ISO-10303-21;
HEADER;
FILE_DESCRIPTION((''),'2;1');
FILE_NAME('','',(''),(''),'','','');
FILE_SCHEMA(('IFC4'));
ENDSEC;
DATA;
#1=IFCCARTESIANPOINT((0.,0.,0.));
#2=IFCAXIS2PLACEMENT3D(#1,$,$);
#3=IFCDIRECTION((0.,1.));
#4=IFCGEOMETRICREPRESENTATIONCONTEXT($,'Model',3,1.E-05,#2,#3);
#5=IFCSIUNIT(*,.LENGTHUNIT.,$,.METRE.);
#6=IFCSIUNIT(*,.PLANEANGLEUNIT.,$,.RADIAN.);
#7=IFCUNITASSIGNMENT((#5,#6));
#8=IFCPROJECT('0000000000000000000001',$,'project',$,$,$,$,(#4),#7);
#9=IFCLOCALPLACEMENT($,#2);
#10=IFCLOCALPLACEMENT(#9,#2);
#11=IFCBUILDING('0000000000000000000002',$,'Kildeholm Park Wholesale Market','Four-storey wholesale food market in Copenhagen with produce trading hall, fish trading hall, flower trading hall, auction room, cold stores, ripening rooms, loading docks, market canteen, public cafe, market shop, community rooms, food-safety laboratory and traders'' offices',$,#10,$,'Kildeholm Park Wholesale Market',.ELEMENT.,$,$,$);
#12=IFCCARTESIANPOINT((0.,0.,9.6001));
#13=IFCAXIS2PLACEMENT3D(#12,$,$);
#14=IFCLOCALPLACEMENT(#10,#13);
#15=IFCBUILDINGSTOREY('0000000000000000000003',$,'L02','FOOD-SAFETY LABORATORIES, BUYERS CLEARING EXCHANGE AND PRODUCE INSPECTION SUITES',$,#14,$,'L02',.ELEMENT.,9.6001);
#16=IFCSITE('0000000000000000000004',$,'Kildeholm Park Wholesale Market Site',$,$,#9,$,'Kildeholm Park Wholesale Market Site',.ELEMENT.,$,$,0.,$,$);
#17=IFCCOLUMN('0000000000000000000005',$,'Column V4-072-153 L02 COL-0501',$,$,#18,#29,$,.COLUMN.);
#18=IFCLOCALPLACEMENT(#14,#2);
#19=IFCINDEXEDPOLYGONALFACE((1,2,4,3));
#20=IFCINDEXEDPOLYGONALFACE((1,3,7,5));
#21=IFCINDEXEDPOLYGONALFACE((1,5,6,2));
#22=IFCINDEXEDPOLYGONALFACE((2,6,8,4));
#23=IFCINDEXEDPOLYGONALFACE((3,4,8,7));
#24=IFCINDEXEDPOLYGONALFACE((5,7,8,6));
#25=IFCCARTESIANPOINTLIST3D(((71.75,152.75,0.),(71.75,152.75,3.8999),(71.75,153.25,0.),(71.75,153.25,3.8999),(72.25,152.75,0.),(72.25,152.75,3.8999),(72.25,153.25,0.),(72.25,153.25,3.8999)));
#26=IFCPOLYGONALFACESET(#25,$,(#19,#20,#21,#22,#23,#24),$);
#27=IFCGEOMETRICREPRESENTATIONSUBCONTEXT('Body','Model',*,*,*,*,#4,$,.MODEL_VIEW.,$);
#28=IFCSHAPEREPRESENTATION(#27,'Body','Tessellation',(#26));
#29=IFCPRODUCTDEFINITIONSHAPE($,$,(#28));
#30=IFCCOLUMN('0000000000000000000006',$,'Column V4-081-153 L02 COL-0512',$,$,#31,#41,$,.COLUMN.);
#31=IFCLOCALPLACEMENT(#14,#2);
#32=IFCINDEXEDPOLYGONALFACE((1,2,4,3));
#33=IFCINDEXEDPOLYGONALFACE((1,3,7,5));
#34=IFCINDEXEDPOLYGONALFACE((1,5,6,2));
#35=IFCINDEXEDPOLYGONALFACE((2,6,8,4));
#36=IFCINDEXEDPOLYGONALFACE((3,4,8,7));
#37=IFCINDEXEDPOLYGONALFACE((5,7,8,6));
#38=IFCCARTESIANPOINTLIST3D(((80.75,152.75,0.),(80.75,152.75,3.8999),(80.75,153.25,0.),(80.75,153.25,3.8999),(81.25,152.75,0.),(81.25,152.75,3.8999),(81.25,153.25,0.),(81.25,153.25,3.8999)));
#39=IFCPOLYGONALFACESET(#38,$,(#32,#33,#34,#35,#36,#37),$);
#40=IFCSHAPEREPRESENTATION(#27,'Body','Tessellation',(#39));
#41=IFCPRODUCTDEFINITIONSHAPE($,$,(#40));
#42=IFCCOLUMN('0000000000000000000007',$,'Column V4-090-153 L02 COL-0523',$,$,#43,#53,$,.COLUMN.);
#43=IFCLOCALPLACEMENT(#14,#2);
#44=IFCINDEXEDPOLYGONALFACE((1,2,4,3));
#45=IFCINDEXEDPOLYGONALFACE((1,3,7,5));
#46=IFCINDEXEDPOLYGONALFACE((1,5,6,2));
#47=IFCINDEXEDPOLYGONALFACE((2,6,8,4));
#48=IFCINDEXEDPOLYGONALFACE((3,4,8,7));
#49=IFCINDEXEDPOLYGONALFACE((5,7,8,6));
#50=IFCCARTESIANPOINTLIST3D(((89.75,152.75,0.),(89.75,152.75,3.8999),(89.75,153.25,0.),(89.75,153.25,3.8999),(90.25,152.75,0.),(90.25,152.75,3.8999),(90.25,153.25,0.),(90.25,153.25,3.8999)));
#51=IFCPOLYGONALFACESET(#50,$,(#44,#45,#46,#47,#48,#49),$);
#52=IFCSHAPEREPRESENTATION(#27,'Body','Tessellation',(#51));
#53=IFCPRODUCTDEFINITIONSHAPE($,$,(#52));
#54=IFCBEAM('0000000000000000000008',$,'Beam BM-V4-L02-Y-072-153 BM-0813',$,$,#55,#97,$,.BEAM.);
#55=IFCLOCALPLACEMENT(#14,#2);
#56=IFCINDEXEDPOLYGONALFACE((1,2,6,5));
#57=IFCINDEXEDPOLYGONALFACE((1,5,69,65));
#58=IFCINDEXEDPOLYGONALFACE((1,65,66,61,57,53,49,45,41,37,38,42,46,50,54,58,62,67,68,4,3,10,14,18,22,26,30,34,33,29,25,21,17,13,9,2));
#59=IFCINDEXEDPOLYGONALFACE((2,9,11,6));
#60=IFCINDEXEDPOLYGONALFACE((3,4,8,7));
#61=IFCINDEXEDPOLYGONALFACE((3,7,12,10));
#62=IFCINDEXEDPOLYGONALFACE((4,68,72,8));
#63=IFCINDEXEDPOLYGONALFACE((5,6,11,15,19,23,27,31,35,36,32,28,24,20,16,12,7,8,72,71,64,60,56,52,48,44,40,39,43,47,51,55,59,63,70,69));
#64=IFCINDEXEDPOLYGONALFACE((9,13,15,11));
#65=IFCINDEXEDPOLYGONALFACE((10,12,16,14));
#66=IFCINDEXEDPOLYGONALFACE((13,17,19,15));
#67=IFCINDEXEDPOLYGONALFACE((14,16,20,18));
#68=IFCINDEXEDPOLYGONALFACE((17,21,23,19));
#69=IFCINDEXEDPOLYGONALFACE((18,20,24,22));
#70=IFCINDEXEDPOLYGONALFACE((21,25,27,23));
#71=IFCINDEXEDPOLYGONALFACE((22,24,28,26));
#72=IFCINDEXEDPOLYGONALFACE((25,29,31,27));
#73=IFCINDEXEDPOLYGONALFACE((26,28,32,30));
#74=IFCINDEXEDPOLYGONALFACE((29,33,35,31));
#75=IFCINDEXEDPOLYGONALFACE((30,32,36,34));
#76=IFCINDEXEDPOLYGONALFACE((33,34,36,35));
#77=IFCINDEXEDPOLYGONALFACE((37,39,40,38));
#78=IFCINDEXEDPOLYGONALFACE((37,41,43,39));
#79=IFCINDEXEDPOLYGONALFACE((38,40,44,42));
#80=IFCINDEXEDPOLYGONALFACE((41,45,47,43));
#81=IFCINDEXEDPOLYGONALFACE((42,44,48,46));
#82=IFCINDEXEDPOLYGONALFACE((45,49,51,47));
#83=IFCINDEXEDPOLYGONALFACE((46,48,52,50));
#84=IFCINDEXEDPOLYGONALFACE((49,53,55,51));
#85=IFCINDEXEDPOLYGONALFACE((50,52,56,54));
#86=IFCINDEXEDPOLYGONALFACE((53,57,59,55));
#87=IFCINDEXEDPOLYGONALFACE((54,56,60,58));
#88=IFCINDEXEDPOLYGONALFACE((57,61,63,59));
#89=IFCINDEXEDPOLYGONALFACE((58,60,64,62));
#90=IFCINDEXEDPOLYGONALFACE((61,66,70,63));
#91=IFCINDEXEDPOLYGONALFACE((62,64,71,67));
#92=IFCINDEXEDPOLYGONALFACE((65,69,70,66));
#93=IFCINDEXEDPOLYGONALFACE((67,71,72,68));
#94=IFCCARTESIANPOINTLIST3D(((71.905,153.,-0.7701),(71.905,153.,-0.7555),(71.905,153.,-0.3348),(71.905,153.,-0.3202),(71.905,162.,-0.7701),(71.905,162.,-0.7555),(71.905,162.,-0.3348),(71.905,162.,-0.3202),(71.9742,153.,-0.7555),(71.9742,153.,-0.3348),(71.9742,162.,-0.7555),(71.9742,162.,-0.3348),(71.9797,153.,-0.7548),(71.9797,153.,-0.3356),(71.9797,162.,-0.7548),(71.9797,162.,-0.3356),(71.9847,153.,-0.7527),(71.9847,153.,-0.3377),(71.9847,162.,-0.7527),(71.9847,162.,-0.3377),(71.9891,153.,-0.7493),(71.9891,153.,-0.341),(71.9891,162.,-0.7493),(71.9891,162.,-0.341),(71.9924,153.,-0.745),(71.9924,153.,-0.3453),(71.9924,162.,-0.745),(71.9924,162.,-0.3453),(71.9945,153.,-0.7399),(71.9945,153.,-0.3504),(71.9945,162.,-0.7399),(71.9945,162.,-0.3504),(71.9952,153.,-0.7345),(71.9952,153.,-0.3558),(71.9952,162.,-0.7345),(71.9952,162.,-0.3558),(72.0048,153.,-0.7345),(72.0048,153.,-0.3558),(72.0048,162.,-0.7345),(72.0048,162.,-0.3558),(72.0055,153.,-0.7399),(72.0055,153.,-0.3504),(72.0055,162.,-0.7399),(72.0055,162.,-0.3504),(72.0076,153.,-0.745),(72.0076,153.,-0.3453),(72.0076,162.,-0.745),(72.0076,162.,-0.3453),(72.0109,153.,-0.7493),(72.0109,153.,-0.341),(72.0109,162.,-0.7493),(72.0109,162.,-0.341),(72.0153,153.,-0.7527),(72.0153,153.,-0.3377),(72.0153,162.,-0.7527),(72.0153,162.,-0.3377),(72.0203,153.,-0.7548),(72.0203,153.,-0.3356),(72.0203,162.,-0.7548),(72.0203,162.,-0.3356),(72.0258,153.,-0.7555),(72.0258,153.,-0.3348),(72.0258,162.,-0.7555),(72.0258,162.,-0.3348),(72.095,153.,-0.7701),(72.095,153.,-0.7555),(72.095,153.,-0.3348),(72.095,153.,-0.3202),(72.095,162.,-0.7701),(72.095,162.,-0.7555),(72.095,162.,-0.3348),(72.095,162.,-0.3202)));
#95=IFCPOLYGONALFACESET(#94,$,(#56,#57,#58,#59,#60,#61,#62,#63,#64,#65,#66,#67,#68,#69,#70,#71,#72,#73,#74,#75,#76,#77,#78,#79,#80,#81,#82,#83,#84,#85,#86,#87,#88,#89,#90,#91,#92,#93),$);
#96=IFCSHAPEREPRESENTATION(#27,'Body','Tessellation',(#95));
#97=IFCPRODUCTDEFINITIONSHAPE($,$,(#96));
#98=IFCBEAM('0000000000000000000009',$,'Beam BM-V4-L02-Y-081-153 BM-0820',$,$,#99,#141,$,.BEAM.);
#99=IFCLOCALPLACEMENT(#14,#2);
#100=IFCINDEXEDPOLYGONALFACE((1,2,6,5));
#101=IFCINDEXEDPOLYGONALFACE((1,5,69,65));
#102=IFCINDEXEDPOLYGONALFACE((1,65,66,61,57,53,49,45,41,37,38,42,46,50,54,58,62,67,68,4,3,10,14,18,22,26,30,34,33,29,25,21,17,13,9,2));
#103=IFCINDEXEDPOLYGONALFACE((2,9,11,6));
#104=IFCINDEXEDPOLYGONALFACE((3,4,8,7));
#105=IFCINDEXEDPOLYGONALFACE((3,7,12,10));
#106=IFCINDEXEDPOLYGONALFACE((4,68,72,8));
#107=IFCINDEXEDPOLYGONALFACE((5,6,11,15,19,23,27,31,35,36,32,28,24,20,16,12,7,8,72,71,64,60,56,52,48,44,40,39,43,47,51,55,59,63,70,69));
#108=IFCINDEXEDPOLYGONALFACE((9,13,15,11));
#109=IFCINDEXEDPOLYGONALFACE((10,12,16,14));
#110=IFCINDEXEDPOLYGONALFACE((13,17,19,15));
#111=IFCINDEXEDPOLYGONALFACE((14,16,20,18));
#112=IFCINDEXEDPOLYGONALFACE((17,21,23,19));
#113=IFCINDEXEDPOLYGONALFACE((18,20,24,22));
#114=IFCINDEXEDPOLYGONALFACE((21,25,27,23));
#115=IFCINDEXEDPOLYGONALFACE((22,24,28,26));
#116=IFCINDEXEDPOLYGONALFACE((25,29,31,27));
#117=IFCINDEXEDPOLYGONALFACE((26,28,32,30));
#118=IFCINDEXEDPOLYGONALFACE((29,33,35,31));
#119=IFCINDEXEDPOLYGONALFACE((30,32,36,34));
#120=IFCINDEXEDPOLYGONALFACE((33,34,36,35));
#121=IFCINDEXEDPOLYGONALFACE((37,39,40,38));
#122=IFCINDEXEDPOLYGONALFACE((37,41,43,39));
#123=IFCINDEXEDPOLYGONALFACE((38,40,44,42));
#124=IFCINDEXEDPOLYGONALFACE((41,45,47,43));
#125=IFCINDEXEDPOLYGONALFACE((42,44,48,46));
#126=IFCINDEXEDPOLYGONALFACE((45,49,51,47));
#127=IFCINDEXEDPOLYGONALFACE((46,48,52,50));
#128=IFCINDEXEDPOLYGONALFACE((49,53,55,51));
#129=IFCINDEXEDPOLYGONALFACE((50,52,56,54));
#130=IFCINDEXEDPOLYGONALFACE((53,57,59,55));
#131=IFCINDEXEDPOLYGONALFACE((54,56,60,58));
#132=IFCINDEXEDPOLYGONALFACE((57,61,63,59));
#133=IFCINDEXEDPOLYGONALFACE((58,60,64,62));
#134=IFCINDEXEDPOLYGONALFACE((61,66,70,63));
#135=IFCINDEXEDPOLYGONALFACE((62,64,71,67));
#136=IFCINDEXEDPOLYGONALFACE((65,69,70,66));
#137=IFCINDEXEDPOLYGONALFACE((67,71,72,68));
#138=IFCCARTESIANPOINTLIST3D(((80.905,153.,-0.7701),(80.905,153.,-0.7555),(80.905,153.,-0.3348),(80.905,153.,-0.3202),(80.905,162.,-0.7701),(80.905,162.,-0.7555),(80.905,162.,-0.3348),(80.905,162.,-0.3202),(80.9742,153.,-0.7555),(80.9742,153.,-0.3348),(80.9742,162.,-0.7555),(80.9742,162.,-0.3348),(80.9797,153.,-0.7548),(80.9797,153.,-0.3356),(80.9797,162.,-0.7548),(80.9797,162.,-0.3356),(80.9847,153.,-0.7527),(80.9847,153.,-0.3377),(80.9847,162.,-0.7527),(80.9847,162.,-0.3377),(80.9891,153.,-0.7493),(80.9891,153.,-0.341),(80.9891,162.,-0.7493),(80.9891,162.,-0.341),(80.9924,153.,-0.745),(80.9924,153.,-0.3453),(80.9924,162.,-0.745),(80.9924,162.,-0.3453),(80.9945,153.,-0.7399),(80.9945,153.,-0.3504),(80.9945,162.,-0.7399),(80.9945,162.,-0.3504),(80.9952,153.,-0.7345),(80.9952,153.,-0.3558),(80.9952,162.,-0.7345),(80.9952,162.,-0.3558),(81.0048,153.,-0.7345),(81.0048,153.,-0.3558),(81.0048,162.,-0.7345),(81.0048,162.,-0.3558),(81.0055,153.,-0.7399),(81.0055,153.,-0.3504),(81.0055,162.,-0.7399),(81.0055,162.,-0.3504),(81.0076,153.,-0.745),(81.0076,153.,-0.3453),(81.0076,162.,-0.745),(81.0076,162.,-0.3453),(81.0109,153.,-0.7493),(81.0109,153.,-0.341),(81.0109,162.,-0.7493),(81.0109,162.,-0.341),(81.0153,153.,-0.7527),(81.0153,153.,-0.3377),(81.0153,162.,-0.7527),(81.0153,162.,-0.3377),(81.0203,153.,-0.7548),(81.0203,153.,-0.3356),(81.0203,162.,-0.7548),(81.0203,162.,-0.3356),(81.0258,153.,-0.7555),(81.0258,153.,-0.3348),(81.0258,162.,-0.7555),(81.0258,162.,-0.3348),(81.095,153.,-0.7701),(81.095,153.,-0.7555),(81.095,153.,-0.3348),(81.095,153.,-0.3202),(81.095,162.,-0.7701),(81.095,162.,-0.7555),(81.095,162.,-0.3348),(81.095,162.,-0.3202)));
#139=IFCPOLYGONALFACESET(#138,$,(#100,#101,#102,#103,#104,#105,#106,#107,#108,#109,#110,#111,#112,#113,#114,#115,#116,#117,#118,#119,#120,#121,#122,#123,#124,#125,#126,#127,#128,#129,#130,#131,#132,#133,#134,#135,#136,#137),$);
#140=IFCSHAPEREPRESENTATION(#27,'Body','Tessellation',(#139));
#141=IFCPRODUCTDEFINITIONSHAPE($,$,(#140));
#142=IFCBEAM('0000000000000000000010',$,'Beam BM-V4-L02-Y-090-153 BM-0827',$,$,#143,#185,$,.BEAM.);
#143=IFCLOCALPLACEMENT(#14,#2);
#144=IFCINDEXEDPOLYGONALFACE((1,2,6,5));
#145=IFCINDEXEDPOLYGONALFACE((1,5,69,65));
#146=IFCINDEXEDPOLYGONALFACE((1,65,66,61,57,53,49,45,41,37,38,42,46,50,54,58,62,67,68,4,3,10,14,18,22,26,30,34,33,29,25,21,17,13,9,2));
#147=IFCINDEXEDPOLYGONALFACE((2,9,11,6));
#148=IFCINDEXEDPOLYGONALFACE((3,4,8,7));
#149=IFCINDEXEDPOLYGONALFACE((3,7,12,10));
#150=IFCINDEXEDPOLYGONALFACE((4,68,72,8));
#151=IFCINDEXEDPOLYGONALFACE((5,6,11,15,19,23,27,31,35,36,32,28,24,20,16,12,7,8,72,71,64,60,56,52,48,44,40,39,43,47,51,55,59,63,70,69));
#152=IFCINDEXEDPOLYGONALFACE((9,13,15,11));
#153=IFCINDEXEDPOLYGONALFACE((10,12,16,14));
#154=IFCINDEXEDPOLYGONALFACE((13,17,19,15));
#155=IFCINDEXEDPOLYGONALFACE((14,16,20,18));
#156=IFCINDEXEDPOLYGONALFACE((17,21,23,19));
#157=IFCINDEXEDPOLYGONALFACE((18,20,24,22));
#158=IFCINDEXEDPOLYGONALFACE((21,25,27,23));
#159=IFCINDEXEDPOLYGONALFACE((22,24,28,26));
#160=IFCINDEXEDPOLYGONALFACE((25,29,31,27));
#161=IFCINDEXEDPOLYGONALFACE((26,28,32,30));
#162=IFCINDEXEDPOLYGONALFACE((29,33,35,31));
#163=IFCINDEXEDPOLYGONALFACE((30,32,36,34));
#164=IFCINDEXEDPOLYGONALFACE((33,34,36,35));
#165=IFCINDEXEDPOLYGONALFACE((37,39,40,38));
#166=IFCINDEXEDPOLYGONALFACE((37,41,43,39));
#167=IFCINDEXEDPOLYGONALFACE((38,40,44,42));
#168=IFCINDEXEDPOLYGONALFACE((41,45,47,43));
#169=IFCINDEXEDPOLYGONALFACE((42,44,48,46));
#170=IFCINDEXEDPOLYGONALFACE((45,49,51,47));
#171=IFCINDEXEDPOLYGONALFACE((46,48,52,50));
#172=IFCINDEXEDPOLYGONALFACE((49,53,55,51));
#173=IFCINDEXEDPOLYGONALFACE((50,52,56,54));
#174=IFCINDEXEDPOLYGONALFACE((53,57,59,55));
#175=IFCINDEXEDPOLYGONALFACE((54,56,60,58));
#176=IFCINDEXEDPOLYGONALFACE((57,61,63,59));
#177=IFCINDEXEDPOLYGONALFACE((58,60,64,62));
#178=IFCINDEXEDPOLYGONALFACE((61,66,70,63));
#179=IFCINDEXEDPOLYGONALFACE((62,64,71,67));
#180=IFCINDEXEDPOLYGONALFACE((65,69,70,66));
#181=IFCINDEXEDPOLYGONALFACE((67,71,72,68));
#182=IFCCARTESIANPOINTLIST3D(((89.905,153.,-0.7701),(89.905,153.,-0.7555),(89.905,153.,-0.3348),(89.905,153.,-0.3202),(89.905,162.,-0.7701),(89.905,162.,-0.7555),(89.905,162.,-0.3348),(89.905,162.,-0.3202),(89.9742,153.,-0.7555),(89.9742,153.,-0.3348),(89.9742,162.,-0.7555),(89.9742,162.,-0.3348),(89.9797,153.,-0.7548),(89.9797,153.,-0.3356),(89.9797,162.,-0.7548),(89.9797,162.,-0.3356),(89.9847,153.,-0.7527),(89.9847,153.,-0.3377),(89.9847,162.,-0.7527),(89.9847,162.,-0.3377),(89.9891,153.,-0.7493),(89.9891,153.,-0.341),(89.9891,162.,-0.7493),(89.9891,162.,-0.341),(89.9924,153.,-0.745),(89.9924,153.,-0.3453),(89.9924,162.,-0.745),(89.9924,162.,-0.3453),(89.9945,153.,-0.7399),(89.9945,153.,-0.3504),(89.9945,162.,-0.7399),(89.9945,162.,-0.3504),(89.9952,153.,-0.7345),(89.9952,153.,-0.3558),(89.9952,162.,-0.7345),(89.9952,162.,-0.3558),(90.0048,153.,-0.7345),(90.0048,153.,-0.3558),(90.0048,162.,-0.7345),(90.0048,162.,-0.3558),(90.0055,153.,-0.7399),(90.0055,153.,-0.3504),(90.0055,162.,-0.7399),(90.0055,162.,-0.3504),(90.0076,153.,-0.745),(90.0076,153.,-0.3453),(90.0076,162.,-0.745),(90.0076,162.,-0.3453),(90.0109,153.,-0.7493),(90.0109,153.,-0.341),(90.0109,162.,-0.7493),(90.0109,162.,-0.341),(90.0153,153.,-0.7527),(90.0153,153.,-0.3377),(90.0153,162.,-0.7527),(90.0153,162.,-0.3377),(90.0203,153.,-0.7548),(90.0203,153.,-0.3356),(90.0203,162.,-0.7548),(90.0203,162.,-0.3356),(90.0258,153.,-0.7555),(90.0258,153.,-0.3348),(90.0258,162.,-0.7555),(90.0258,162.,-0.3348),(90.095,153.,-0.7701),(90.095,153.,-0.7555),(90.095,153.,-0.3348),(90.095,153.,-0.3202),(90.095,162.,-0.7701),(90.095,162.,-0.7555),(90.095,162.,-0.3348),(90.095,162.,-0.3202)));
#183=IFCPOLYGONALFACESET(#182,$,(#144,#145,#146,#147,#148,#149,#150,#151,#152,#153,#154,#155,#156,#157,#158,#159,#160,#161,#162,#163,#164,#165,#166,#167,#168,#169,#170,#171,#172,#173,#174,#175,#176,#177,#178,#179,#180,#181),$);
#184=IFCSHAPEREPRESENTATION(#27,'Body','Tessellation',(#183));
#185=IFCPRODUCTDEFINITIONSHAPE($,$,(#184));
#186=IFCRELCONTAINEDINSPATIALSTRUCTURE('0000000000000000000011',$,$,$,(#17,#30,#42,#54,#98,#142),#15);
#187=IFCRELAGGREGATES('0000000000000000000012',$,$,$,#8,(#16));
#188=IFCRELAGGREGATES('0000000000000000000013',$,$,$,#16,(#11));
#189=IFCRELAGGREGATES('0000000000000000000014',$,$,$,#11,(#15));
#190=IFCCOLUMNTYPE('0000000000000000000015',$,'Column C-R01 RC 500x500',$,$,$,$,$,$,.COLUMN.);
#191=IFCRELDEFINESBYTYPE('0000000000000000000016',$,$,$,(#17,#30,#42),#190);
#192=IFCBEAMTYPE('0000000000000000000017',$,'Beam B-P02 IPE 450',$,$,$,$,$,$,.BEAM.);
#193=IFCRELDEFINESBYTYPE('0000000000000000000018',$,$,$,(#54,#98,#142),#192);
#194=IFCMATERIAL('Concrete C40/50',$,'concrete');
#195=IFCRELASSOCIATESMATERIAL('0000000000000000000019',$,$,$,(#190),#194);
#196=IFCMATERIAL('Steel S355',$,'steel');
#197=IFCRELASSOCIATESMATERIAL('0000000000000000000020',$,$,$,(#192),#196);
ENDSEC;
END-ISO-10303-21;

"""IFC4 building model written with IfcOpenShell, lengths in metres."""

from ifc_helpers import new_model, si_unit, direction, frame, origin, origin_2d, place, context, subcontext, project, spatial, rectangle, i_section, extrude, material, material_profile, profile_set, type_object, element, save


model = new_model("IFC4")

# Units and contexts
model_context = context("Model", 3, precision=1e-05, world=origin(), true_north=direction((0.0, 1.0)))
body_context = subcontext(model_context, "Body", "Model", "MODEL_VIEW")
ifc_project = project(units=[si_unit("LENGTHUNIT", "METRE"), si_unit("PLANEANGLEUNIT", "RADIAN")], contexts=[model_context])

# Site, building, storey
site_placement = place(None, origin())
site = spatial("IfcSite", under=ifc_project, at=site_placement, Name="Kildeholm Park Wholesale Market Site", LongName="Kildeholm Park Wholesale Market Site", CompositionType="ELEMENT", RefElevation=0.0)
building_placement = place(site_placement, origin())
building = spatial("IfcBuilding", under=site, at=building_placement, Name="Kildeholm Park Wholesale Market", Description="Four-storey wholesale food market in Copenhagen with produce trading hall, fish trading hall, flower trading hall, auction room, cold stores, ripening rooms, loading docks, market canteen, public cafe, market shop, community rooms, food-safety laboratory and traders' offices", LongName="Kildeholm Park Wholesale Market", CompositionType="ELEMENT")
storey_placement = place(building_placement, frame((0.0, 0.0, 9.6001)))
storey = spatial("IfcBuildingStorey", under=building, at=storey_placement, Name="L02", Description="FOOD-SAFETY LABORATORIES, BUYERS CLEARING EXCHANGE AND PRODUCE INSPECTION SUITES", LongName="L02", CompositionType="ELEMENT", Elevation=9.6001)

# Columns
ifc_material_1 = material(Name="Concrete C40/50", Category="concrete")
ifc_material_profile_1 = material_profile(ifc_material_1, rectangle(XDim=0.5, YDim=0.5, at=origin_2d()), Name="RC 500x500")
ifc_profile_set_1 = profile_set([ifc_material_profile_1], Name="Concrete C40/50")
column_type = type_object("IfcColumnType", Name="Column C-R01 RC 500x500", PredefinedType="COLUMN", material=ifc_profile_set_1)
for number, where, z_axis, x_axis, name in (
    (1, (72.0, 153.0, 0.0), (0.0, 0.0, 1.0), (1.0, 0.0, 0.0), "Column V4-072-153 L02 COL-0501"),
    (2, (81.0, 153.0, 0.0), (0.0, 0.0, 1.0), (1.0, 0.0, 0.0), "Column V4-081-153 L02 COL-0512"),
    (3, (90.0, 153.0, 0.0), (0.0, 0.0, 1.0), (1.0, 0.0, 0.0), "Column V4-090-153 L02 COL-0523"),
):
    element("IfcColumn", number, at=place(storey_placement, frame(where, z_axis=z_axis, x_axis=x_axis)), inside=storey, type_object=column_type, Name=name, PredefinedType="COLUMN", context=body_context, shape_type="SweptSolid", body=[
        extrude(rectangle(XDim=0.5, YDim=0.5, at=origin_2d()), origin(), (0.0, 0.0, 1.0), 3.8999),
    ])

# Beams
ifc_material_2 = material(Name="Steel S355", Category="steel")
ifc_material_profile_2 = material_profile(ifc_material_2, i_section(OverallWidth=0.1899, OverallDepth=0.45, WebThickness=0.0095, FlangeThickness=0.0146, FilletRadius=0.021, at=origin_2d()), Name="IPE 450")
ifc_profile_set_2 = profile_set([ifc_material_profile_2], Name="Steel S355")
beam_type_1 = type_object("IfcBeamType", Name="Beam B-P02 IPE 450", PredefinedType="BEAM", material=ifc_profile_set_2)
for number, where, z_axis, x_axis, name in (
    (4, (72.0, 153.0, -0.5452), (0.0, 1.0, 0.0), (-1.0, 0.0, 0.0), "Beam BM-V4-L02-Y-072-153 BM-0813"),
    (5, (81.0, 153.0, -0.5452), (0.0, 1.0, 0.0), (-1.0, 0.0, 0.0), "Beam BM-V4-L02-Y-081-153 BM-0820"),
    (6, (90.0, 153.0, -0.5452), (0.0, 1.0, 0.0), (-1.0, 0.0, 0.0), "Beam BM-V4-L02-Y-090-153 BM-0827"),
):
    element("IfcBeam", number, at=place(storey_placement, frame(where, z_axis=z_axis, x_axis=x_axis)), inside=storey, type_object=beam_type_1, Name=name, PredefinedType="BEAM", context=body_context, shape_type="SweptSolid", body=[
        extrude(i_section(OverallWidth=0.1899, OverallDepth=0.45, WebThickness=0.0095, FlangeThickness=0.0146, FilletRadius=0.021, at=origin_2d()), origin(), (0.0, 0.0, 1.0), 9.0),
    ])

save(model, "model.ifc")
